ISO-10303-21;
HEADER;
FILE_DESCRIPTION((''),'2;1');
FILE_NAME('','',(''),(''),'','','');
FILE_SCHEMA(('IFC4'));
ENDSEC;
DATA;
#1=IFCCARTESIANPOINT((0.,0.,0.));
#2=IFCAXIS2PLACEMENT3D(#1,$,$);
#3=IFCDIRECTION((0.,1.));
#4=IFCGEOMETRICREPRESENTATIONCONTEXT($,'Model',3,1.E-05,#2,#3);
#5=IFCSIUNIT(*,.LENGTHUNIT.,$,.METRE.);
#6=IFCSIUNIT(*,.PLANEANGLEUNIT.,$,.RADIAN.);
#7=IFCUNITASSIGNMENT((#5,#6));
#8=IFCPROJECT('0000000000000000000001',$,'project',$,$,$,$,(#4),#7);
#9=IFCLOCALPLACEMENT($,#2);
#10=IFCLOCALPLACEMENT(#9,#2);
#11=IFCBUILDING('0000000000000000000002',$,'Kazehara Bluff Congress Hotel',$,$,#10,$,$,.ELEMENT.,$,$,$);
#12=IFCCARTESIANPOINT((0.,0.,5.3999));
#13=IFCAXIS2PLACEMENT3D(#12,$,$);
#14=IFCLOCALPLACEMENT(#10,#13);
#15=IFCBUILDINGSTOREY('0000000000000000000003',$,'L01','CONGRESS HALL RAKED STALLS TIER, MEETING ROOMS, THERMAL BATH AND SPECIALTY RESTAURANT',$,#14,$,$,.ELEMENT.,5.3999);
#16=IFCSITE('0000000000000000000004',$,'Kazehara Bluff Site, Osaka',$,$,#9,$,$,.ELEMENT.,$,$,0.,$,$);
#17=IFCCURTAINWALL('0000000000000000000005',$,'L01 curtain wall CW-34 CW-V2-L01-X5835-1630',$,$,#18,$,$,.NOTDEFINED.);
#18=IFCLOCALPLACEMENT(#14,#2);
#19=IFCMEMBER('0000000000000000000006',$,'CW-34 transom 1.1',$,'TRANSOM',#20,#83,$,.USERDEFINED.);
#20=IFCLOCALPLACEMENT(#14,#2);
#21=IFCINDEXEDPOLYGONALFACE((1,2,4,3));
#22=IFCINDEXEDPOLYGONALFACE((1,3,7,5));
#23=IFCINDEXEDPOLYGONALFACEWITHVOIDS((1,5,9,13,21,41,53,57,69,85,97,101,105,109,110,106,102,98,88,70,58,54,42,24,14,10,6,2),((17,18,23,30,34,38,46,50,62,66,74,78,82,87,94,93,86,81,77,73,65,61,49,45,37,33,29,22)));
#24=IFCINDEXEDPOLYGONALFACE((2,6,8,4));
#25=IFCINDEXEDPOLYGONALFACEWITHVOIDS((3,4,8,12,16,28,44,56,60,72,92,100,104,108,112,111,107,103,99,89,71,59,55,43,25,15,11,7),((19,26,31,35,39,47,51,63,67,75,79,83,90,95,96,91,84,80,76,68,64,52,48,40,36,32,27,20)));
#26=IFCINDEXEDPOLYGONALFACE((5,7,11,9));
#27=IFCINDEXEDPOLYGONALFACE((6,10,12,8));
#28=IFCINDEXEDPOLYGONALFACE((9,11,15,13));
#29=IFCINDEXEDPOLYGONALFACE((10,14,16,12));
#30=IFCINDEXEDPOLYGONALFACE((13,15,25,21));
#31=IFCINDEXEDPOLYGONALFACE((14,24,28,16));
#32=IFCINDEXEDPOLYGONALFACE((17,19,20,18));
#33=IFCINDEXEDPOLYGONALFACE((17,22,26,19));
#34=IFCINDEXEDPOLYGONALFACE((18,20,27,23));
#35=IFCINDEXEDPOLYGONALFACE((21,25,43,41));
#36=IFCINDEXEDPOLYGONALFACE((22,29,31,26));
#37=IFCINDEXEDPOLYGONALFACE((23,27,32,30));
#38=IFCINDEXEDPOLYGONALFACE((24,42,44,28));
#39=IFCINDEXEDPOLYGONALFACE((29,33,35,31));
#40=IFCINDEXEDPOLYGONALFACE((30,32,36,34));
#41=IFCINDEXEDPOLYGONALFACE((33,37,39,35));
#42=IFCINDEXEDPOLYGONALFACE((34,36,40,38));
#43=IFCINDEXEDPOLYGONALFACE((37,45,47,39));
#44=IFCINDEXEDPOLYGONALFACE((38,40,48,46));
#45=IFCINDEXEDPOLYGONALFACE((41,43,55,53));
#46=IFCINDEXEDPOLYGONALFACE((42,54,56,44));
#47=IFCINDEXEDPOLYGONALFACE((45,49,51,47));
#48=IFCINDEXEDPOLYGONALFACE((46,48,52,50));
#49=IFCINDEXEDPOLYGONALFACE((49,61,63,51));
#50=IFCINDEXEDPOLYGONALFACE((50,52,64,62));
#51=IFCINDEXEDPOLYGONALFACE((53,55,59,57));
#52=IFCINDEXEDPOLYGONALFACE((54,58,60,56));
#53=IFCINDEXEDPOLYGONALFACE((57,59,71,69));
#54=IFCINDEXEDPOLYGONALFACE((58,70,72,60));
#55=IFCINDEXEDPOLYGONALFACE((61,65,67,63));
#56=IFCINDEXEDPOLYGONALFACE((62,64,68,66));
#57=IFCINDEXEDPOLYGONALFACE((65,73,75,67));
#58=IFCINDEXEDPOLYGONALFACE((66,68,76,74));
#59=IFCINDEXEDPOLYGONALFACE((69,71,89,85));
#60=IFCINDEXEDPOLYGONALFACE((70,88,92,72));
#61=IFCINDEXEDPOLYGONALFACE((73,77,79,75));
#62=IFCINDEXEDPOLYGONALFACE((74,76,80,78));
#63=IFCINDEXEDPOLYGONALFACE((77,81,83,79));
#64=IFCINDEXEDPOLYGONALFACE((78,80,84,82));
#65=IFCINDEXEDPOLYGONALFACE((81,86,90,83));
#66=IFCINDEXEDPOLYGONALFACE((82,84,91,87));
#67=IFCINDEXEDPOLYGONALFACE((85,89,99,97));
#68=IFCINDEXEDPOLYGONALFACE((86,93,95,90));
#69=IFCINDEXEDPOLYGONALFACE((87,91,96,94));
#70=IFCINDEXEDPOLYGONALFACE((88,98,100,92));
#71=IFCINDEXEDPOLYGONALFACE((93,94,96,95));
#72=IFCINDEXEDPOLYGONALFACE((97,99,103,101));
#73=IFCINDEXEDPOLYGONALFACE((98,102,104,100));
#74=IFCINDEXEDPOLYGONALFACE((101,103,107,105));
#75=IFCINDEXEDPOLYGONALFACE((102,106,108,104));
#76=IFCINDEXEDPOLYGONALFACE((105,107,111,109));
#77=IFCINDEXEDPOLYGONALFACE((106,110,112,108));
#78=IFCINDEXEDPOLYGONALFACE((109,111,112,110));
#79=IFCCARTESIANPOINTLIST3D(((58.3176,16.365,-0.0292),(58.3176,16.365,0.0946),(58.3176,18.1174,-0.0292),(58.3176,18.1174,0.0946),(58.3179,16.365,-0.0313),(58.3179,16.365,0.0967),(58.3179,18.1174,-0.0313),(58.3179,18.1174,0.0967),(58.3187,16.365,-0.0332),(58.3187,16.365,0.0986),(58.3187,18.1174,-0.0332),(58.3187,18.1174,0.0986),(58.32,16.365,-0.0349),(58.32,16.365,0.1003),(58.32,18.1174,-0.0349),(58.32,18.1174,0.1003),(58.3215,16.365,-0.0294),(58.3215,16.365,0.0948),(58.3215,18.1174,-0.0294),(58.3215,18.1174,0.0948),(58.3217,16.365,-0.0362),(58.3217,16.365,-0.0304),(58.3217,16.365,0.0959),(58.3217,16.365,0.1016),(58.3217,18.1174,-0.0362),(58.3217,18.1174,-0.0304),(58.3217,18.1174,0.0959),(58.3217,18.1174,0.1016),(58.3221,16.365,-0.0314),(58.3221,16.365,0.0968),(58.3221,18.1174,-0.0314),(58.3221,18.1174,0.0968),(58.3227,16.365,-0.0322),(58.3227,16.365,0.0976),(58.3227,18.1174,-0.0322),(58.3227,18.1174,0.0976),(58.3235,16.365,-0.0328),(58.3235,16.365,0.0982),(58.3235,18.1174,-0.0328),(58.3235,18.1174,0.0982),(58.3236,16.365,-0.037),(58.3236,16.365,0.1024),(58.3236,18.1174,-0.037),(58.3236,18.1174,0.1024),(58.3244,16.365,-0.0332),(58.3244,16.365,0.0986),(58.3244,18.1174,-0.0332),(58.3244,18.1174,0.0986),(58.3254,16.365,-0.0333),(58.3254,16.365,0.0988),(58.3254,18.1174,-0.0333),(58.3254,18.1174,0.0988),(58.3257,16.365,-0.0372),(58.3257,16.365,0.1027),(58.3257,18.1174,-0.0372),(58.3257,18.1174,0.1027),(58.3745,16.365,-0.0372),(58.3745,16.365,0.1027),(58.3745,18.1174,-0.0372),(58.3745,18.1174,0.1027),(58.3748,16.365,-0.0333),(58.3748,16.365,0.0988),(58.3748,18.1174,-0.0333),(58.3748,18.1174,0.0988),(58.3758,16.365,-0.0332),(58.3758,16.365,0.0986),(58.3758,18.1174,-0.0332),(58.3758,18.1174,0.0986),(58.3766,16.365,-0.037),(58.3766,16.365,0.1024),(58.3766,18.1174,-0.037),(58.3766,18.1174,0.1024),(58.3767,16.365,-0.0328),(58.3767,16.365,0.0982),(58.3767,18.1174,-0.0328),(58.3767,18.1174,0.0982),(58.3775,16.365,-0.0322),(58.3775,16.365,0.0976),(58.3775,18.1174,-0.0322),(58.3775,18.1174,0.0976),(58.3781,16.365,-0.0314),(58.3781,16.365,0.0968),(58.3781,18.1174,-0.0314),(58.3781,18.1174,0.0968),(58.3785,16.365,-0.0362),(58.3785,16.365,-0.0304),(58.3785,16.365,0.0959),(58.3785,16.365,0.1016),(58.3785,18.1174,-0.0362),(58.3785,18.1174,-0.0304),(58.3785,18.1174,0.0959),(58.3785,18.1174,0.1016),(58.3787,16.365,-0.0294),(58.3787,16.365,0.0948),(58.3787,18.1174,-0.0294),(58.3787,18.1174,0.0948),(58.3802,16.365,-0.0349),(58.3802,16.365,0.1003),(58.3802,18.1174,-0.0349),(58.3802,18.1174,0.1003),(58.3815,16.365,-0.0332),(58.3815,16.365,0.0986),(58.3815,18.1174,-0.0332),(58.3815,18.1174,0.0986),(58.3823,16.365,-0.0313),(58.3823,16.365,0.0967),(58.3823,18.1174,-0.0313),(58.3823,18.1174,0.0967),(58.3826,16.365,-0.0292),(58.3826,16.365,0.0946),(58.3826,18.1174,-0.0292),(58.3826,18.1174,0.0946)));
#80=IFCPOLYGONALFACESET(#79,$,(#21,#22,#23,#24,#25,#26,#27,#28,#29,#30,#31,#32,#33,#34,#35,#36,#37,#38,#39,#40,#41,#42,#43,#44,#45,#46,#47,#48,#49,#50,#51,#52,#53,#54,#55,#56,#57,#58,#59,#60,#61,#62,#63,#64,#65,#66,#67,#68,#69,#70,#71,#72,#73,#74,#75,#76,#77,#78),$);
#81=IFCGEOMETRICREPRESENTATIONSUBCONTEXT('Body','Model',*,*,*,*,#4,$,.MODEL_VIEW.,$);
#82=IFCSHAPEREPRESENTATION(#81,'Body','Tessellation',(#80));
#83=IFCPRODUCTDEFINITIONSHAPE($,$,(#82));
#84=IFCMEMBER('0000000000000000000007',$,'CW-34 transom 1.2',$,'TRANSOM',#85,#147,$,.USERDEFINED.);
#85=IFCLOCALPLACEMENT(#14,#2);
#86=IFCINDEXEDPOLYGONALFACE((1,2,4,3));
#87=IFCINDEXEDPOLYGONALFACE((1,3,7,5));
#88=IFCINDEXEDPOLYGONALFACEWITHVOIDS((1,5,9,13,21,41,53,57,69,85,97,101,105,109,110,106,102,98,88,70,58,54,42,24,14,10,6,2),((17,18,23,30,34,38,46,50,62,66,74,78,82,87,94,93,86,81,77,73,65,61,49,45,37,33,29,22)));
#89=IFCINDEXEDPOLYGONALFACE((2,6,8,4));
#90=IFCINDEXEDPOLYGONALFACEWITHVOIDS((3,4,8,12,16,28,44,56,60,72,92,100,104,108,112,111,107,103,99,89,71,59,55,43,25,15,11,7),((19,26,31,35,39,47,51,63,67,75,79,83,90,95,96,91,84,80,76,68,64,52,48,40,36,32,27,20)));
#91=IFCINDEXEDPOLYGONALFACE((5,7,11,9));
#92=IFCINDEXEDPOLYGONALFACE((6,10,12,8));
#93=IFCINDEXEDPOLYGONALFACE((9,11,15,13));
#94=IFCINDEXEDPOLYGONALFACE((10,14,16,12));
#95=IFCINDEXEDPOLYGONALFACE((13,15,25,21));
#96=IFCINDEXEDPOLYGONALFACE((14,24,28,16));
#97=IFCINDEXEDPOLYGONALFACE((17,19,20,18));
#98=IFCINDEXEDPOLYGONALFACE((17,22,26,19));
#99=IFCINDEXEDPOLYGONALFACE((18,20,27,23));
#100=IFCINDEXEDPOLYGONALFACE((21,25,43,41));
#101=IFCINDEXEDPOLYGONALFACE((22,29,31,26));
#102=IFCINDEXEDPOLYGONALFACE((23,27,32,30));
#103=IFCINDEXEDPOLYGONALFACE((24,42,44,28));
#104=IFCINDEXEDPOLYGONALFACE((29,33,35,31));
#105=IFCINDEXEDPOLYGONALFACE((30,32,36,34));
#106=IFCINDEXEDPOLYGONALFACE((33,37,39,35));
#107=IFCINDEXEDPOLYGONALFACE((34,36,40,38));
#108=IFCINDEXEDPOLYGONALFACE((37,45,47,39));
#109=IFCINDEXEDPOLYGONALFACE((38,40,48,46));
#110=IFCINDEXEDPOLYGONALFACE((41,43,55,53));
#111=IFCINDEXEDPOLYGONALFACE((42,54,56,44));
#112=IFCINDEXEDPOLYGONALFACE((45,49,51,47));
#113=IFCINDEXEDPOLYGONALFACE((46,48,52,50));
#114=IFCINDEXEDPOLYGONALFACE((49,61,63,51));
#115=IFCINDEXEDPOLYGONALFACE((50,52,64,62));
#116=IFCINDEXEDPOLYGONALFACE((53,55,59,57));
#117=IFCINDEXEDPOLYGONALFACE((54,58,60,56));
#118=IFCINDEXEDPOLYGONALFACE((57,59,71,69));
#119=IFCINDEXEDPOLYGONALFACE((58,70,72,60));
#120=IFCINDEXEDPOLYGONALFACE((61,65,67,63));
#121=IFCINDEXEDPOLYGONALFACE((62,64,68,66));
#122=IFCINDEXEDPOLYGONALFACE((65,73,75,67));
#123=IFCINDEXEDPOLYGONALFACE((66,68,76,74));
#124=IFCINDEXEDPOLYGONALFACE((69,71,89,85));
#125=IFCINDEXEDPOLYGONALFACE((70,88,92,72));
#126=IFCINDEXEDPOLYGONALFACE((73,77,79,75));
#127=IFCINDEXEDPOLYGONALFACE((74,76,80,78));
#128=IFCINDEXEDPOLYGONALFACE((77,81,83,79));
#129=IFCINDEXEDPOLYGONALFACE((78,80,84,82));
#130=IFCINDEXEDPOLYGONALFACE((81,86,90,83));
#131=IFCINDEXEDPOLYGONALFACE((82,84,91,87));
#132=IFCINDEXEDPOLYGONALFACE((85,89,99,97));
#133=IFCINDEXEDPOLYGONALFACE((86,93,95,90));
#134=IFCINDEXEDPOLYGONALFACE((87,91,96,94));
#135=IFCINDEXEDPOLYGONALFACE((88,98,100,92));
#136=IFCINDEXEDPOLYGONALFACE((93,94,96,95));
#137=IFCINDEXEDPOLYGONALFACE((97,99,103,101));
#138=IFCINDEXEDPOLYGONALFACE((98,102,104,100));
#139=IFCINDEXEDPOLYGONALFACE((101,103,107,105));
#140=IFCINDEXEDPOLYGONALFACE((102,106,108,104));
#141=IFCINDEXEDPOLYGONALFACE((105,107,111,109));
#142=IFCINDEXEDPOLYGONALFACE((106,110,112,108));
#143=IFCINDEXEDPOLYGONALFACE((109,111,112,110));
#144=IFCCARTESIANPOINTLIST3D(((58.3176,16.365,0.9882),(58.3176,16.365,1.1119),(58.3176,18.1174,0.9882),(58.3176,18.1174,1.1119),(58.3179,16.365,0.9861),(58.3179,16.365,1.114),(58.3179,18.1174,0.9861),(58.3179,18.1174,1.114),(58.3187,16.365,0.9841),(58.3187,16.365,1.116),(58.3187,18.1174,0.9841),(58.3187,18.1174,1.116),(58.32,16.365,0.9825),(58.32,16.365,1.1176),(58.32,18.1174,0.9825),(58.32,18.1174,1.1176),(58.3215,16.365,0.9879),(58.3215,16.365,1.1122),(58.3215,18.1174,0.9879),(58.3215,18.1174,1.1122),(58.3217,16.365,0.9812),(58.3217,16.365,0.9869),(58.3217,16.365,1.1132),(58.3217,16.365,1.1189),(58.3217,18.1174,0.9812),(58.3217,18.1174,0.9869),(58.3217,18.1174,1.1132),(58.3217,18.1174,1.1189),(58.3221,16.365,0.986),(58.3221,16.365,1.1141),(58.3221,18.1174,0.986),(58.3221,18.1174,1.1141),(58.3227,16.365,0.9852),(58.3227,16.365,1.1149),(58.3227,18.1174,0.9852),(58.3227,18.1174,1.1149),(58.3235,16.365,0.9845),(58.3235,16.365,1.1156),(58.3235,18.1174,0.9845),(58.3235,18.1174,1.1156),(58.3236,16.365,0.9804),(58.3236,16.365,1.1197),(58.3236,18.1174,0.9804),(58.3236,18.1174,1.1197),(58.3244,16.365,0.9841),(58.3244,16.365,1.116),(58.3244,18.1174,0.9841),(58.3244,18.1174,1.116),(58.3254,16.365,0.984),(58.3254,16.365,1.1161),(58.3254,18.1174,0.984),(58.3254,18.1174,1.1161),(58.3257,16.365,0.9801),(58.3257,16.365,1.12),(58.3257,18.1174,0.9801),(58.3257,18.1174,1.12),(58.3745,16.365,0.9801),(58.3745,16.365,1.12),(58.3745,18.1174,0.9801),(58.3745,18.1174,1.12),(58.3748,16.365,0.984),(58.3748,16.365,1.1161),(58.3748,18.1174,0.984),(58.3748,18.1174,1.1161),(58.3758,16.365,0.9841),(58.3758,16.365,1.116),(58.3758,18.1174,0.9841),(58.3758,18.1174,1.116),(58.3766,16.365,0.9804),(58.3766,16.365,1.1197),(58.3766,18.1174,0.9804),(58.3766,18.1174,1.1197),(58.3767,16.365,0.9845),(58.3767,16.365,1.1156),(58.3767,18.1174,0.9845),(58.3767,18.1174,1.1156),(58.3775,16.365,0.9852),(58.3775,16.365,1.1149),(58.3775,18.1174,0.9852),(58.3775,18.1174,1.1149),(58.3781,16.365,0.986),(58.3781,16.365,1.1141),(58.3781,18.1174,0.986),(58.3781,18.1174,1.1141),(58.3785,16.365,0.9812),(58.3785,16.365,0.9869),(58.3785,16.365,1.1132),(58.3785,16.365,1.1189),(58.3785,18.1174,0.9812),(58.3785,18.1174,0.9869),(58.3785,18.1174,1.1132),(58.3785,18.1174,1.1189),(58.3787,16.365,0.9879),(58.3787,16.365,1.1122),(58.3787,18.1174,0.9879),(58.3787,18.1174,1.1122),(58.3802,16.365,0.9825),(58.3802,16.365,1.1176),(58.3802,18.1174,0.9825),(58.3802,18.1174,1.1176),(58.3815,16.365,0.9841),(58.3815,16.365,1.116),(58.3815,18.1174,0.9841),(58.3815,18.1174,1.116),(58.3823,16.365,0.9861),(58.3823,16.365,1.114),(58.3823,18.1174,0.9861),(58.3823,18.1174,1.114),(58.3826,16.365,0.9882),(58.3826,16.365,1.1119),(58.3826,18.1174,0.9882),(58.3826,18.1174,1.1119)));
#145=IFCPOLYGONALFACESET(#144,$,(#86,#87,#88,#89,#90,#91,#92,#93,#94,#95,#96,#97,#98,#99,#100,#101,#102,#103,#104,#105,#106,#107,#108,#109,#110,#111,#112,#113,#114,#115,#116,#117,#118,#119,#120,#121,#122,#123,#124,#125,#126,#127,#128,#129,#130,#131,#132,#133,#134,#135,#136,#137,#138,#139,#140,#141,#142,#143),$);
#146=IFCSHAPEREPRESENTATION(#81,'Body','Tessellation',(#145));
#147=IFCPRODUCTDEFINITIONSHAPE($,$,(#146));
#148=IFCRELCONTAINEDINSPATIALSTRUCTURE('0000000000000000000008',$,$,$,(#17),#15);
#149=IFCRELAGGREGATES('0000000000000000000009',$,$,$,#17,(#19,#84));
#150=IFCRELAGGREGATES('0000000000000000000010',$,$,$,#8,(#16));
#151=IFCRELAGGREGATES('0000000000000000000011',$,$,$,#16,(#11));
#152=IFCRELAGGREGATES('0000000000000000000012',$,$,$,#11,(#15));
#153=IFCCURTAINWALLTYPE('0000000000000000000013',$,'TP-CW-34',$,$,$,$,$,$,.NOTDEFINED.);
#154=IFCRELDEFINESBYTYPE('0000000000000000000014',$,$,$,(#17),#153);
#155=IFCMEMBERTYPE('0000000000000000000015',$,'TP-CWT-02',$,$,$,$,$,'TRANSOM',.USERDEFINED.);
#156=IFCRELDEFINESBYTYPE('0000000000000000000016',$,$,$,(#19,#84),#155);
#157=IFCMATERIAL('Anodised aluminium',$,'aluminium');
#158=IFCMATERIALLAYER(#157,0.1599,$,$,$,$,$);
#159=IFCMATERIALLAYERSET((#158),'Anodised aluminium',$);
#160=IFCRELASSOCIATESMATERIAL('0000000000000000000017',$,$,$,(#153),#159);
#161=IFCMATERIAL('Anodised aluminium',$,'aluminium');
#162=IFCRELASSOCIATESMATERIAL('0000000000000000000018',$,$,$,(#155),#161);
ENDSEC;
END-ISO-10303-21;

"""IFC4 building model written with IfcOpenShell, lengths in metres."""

from ifc_helpers import new_model, si_unit, direction, frame, origin, origin_2d, place, context, subcontext, project, spatial, hollow_rectangle, extrude, material, layer, layer_set, material_profile, profile_set, type_object, element, aggregate, save


model = new_model("IFC4")

# Units and contexts
model_context = context("Model", 3, precision=1e-05, world=origin(), true_north=direction((0.0, 1.0)))
body_context = subcontext(model_context, "Body", "Model", "MODEL_VIEW")
ifc_project = project(units=[si_unit("LENGTHUNIT", "METRE"), si_unit("PLANEANGLEUNIT", "RADIAN")], contexts=[model_context])

# Site, building, storey
site_placement = place(None, origin())
site = spatial("IfcSite", under=ifc_project, at=site_placement, Name="Kazehara Bluff Site, Osaka", CompositionType="ELEMENT", RefElevation=0.0)
building_placement = place(site_placement, origin())
building = spatial("IfcBuilding", under=site, at=building_placement, Name="Kazehara Bluff Congress Hotel", CompositionType="ELEMENT")
storey_placement = place(building_placement, frame((0.0, 0.0, 5.3999)))
storey = spatial("IfcBuildingStorey", under=building, at=storey_placement, Name="L01", Description="CONGRESS HALL RAKED STALLS TIER, MEETING ROOMS, THERMAL BATH AND SPECIALTY RESTAURANT", CompositionType="ELEMENT", Elevation=5.3999)

# Curtain wall
ifc_material_1 = material(Name="Anodised aluminium", Category="aluminium")
ifc_layer_1 = layer(ifc_material_1, 0.1599)
ifc_layer_set_1 = layer_set([ifc_layer_1], Name="Anodised aluminium")
curtain_wall_type = type_object("IfcCurtainWallType", Name="TP-CW-34", PredefinedType="NOTDEFINED", material=ifc_layer_set_1)
curtain_wall_1_placement = place(storey_placement, origin())
curtain_wall_1 = element("IfcCurtainWall", 1, at=curtain_wall_1_placement, inside=storey, type_object=curtain_wall_type, Name="L01 curtain wall CW-34 CW-V2-L01-X5835-1630", PredefinedType="NOTDEFINED")

# Members
ifc_material_2 = material(Name="Anodised aluminium", Category="aluminium")
ifc_material_profile_1 = material_profile(ifc_material_2, hollow_rectangle(XDim=0.0649, YDim=0.1399, WallThickness=0.0039, InnerFilletRadius=0.0039, OuterFilletRadius=0.0081, at=origin_2d()))
ifc_profile_set_1 = profile_set([ifc_material_profile_1], Name="Anodised aluminium")
member_type_1 = type_object("IfcMemberType", Name="TP-CWT-02", ElementType="TRANSOM", PredefinedType="USERDEFINED", material=ifc_profile_set_1)
member_1_placement = place(storey_placement, frame((58.3501, 16.365, 0.0327), z_axis=(0.0, 1.0, 0.0), x_axis=(-1.0, 0.0, 0.0)))
member_1 = element("IfcMember", 2, at=member_1_placement, type_object=member_type_1, Name="CW-34 transom 1.1", ObjectType="TRANSOM", PredefinedType="USERDEFINED", context=body_context, shape_type="SweptSolid", body=[
    extrude(hollow_rectangle(XDim=0.0649, YDim=0.1399, WallThickness=0.0039, InnerFilletRadius=0.0039, OuterFilletRadius=0.0081, at=origin_2d()), origin(), (0.0, 0.0, 1.0), 1.7524),
])
member_2_placement = place(storey_placement, frame((58.3501, 16.365, 1.05), z_axis=(0.0, 1.0, 0.0), x_axis=(-1.0, 0.0, 0.0)))
member_2 = element("IfcMember", 3, at=member_2_placement, type_object=member_type_1, Name="CW-34 transom 1.2", ObjectType="TRANSOM", PredefinedType="USERDEFINED", context=body_context, shape_type="SweptSolid", body=[
    extrude(hollow_rectangle(XDim=0.0649, YDim=0.1399, WallThickness=0.0039, InnerFilletRadius=0.0039, OuterFilletRadius=0.0081, at=origin_2d()), origin(), (0.0, 0.0, 1.0), 1.7524),
])

aggregate(curtain_wall_1, [member_1, member_2])

save(model, "model.ifc")
